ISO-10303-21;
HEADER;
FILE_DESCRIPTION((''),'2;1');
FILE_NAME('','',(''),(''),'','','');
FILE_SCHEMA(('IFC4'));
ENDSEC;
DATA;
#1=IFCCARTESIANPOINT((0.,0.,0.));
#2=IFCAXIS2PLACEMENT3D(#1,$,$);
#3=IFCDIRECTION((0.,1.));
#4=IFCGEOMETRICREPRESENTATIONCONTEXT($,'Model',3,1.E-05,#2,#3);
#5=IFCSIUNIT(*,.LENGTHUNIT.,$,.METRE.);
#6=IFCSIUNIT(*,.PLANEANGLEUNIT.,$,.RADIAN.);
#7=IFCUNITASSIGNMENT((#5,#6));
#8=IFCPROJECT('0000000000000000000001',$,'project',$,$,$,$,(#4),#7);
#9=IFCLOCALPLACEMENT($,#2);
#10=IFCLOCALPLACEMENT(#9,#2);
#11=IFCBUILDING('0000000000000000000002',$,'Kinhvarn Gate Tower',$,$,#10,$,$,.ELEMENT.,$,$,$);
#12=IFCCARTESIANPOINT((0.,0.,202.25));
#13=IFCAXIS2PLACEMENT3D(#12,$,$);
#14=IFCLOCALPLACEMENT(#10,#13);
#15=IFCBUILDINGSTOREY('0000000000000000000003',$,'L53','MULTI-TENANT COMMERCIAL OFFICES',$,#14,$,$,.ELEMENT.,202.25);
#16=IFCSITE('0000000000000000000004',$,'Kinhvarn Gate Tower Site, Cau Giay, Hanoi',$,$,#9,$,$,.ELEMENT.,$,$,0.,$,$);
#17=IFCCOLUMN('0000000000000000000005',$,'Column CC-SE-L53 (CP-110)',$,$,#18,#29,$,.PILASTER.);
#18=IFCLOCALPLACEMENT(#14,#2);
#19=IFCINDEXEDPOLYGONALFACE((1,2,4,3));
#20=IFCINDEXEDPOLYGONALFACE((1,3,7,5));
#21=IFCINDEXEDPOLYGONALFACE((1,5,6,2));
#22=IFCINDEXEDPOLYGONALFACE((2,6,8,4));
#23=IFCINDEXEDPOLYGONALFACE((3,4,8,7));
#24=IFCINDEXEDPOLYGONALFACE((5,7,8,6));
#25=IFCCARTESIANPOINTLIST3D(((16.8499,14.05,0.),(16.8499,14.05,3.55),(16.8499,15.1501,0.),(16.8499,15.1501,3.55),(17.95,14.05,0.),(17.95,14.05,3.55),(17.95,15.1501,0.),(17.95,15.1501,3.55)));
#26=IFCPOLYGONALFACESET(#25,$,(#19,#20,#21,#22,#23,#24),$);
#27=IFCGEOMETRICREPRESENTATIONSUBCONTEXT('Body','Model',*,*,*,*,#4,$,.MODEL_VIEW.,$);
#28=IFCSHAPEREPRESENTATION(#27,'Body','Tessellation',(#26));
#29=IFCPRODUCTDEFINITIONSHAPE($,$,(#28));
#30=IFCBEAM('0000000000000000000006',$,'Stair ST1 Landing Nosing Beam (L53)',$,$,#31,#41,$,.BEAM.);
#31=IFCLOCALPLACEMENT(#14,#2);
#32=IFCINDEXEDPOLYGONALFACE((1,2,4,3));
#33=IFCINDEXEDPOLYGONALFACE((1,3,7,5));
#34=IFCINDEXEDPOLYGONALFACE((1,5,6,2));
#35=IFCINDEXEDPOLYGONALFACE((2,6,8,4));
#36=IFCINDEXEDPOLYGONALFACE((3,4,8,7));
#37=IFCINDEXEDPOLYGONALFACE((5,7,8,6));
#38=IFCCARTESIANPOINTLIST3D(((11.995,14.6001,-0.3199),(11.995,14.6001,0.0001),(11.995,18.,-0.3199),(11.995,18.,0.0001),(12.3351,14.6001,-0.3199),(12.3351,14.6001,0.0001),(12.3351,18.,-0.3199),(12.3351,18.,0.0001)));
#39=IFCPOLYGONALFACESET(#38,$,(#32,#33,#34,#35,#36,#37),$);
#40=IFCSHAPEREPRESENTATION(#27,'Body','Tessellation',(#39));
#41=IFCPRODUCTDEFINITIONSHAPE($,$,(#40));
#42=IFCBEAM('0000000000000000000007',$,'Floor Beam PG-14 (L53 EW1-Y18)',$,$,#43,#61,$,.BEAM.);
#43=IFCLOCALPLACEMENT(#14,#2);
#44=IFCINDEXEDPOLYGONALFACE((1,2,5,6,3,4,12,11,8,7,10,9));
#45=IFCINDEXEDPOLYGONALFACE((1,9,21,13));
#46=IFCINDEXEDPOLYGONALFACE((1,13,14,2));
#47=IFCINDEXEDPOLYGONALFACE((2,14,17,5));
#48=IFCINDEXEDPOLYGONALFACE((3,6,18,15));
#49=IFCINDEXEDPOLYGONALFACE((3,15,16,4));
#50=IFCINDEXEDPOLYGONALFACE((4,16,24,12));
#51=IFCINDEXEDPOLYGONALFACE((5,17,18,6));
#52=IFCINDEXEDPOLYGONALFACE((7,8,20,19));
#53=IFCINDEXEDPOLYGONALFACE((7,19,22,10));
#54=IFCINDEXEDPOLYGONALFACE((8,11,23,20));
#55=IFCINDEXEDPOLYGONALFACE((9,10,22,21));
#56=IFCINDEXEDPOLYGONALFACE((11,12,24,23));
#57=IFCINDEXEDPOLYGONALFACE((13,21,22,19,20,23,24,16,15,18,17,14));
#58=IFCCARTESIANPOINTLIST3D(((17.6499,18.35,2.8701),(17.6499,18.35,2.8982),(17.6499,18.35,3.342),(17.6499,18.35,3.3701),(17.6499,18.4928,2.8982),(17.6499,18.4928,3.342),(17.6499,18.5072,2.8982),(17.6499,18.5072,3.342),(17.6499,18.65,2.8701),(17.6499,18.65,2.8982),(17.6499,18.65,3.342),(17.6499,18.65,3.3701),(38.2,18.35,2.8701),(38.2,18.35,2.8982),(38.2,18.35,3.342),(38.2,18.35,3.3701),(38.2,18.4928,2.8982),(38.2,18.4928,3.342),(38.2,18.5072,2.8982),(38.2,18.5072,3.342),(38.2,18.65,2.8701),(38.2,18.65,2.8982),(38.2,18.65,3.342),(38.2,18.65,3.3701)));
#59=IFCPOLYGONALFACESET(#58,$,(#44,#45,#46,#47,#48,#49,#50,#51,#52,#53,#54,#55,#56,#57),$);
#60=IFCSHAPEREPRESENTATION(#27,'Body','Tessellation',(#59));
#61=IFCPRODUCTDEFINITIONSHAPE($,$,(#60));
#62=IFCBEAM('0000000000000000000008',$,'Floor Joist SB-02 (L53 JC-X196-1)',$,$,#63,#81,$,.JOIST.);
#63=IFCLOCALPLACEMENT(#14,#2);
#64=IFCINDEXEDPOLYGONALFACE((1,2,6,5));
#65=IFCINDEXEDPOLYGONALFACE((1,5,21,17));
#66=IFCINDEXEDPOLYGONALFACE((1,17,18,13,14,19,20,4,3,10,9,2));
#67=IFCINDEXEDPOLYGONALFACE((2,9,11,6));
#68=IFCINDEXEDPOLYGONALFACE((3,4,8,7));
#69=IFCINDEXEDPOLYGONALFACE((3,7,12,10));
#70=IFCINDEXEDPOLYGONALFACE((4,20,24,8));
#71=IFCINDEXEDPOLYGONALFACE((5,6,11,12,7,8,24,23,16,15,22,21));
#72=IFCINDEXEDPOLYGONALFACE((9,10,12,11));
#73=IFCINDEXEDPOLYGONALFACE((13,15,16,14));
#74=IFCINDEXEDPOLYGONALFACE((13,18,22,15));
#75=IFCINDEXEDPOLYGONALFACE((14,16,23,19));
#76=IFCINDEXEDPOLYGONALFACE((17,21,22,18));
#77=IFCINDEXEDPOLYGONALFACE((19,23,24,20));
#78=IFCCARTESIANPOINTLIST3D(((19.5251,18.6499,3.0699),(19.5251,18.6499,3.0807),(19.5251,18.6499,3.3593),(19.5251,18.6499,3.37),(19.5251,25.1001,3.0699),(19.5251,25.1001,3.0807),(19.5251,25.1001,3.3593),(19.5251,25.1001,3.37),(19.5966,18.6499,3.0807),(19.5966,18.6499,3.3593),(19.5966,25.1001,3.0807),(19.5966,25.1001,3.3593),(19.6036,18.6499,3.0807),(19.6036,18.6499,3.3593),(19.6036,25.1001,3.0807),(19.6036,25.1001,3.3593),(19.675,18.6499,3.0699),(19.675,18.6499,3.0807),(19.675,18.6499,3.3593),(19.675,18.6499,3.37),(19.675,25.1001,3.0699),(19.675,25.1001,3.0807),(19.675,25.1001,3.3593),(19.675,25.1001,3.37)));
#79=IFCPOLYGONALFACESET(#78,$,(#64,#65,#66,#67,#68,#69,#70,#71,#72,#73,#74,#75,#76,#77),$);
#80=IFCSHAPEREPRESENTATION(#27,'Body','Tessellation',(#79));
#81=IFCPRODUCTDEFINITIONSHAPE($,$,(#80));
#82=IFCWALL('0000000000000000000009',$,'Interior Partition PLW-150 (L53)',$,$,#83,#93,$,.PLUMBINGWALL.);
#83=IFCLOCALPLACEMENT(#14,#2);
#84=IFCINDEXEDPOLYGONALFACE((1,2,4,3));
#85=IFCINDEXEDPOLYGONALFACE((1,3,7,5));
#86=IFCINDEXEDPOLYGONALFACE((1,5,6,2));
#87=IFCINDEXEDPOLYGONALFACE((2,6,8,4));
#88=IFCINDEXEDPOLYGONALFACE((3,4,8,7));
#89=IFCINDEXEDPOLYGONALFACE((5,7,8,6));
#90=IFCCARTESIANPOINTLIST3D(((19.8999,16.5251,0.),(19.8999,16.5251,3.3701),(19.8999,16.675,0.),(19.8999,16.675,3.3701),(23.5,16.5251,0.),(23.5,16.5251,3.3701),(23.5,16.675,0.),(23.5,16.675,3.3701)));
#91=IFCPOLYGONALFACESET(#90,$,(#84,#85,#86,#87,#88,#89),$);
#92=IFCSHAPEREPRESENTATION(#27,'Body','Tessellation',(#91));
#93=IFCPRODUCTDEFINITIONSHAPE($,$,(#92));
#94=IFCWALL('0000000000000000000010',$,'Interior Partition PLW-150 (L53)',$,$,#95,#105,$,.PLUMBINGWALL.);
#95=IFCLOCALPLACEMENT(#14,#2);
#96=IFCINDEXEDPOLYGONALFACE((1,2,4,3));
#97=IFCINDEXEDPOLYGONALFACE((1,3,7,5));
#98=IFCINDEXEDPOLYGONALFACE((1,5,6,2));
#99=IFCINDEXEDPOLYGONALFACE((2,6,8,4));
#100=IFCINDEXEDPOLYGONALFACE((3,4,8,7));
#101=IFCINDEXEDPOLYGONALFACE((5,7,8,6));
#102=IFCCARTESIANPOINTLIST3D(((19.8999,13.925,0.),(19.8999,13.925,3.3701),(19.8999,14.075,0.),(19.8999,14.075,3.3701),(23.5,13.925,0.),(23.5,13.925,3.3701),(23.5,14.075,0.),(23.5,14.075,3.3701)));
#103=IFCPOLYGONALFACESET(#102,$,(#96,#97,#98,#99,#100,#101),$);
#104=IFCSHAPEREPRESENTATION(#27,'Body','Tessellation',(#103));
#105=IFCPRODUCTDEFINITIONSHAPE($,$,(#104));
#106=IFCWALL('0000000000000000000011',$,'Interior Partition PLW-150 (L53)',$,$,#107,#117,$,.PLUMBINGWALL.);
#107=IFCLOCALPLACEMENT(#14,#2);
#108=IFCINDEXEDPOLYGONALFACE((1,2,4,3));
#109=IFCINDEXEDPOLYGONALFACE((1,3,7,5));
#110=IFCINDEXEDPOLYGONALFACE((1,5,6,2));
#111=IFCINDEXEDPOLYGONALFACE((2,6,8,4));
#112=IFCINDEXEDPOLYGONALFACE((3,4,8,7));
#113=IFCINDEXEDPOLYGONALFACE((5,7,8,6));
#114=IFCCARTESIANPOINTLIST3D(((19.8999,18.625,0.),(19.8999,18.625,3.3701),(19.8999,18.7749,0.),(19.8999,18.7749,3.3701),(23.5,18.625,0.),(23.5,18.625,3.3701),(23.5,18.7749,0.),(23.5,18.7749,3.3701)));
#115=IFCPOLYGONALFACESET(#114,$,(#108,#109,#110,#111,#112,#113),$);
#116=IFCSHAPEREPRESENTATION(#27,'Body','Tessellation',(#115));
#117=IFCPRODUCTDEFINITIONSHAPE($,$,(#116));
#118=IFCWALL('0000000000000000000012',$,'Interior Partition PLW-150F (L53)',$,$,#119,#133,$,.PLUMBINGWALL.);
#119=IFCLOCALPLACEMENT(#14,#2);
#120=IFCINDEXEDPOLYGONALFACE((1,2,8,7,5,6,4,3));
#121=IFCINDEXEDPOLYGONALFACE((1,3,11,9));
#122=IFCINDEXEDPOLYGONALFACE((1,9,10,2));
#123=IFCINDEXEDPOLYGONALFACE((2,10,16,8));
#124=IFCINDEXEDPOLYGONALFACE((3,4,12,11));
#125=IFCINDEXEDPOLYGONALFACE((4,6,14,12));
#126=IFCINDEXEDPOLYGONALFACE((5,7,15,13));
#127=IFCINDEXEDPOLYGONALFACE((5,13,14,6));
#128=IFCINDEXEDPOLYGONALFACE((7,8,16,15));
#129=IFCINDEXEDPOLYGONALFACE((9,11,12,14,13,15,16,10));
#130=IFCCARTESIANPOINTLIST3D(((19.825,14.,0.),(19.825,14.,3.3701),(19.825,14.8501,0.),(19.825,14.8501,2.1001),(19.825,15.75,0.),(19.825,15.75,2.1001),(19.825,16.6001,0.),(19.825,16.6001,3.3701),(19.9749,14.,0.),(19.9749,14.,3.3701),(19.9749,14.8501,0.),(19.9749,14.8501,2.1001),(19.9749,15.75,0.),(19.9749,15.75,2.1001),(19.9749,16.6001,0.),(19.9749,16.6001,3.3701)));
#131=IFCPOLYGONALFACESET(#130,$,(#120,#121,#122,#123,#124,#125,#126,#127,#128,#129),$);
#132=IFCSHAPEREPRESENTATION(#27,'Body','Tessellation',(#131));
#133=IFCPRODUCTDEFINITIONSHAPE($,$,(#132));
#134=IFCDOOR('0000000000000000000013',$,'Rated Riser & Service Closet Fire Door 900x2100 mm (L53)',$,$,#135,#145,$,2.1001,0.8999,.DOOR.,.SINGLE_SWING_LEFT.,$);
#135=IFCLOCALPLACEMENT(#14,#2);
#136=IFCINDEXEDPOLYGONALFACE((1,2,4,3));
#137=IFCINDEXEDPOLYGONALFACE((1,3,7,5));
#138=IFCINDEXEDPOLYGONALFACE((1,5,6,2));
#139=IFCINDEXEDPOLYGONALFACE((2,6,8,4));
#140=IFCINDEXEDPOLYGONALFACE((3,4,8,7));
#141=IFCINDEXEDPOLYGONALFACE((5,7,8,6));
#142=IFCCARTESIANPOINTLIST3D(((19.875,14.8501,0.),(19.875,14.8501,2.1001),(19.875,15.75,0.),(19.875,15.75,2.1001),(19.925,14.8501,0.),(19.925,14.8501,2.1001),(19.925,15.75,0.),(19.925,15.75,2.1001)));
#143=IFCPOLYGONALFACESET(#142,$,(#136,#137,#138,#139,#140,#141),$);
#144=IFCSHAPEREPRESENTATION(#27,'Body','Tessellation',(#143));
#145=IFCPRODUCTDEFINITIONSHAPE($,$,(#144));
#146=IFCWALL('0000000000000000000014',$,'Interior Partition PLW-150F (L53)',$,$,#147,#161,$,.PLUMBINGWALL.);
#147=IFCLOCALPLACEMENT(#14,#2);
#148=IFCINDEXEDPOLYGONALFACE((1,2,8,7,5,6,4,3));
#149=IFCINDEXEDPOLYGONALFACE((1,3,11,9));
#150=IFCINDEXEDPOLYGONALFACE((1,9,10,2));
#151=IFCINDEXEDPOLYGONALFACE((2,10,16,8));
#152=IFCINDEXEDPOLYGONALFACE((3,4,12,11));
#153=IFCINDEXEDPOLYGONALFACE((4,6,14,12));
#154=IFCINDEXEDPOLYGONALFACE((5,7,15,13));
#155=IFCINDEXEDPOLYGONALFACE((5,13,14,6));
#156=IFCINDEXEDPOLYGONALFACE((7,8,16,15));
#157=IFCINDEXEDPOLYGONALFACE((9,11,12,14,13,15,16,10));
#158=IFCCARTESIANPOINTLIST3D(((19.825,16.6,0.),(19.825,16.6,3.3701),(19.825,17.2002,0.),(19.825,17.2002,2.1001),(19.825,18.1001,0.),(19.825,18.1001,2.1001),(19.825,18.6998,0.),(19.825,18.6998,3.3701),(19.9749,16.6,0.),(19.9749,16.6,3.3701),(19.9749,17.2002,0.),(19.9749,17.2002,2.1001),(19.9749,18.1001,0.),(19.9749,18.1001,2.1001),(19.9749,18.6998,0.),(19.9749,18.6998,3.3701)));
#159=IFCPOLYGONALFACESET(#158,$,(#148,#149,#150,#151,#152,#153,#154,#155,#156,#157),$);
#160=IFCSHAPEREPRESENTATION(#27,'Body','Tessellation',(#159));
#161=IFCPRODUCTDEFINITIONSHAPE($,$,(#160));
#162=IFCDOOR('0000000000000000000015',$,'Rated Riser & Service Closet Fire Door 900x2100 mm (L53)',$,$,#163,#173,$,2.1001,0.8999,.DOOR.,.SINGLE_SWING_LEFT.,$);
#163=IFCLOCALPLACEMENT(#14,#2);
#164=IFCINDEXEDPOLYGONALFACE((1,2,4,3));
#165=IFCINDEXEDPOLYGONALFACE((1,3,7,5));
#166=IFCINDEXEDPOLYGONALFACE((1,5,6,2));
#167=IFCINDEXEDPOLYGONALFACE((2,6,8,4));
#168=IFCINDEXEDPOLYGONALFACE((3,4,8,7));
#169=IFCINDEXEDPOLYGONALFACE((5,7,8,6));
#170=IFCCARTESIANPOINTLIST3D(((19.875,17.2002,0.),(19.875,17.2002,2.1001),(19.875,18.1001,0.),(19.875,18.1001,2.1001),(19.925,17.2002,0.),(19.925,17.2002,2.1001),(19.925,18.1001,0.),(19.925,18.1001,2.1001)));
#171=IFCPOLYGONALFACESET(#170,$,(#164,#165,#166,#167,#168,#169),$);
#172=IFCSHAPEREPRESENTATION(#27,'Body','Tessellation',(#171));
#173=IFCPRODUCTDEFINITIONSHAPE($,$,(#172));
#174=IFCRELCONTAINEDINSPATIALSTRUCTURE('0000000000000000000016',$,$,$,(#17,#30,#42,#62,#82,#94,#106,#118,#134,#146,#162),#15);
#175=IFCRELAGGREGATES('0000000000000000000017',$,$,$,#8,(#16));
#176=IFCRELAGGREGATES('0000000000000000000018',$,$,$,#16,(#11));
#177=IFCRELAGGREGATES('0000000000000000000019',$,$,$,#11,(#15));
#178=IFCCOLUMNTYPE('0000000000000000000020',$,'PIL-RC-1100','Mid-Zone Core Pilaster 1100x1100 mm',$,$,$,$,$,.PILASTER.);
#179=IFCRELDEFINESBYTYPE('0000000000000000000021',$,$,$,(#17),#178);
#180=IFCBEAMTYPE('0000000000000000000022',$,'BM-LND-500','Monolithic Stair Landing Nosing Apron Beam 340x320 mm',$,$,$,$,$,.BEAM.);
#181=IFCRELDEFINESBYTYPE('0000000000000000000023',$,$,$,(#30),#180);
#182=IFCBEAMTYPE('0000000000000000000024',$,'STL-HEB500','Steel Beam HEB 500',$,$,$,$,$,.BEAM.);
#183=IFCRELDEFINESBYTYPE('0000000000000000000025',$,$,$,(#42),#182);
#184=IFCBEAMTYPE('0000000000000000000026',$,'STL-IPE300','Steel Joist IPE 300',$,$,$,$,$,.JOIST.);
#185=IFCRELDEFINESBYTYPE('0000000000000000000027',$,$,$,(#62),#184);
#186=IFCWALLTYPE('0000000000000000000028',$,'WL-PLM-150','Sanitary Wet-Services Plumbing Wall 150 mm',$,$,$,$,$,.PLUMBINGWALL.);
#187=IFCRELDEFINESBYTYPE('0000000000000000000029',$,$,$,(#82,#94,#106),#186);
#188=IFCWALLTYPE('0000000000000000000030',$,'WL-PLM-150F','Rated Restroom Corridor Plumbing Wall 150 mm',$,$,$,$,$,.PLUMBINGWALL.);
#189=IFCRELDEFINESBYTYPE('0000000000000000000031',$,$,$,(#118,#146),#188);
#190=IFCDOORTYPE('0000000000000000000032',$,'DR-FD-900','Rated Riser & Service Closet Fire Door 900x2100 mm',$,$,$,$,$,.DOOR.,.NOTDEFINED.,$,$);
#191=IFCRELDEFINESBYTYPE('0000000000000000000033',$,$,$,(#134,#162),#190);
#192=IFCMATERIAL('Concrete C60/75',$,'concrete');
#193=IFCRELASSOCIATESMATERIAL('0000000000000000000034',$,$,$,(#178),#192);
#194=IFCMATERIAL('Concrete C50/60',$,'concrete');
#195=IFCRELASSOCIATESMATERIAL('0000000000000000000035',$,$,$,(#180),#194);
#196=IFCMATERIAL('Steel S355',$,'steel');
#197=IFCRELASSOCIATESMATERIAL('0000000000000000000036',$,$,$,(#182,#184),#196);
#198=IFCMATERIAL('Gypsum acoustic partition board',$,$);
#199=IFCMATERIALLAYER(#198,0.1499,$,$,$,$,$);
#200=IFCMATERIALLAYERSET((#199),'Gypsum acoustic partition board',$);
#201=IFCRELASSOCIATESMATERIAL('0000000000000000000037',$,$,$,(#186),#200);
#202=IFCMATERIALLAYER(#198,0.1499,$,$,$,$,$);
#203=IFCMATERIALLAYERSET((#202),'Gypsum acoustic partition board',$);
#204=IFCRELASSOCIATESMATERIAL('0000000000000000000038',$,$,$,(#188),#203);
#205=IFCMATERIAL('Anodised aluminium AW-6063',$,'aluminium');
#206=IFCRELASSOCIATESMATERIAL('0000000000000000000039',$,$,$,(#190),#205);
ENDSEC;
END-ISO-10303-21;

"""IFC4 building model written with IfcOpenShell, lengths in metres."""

from ifc_helpers import new_model, si_unit, direction, frame, frame_2d, origin, origin_2d, place, context, subcontext, project, spatial, rectangle, i_section, extrude, material, layer, layer_set, material_profile, profile_set, type_object, element, fill, save


model = new_model("IFC4")

# Units and contexts
model_context = context("Model", 3, precision=1e-05, world=origin(), true_north=direction((0.0, 1.0)))
body_context = subcontext(model_context, "Body", "Model", "MODEL_VIEW")
ifc_project = project(units=[si_unit("LENGTHUNIT", "METRE"), si_unit("PLANEANGLEUNIT", "RADIAN")], contexts=[model_context])

# Site, building, storey
site_placement = place(None, origin())
site = spatial("IfcSite", under=ifc_project, at=site_placement, Name="Kinhvarn Gate Tower Site, Cau Giay, Hanoi", CompositionType="ELEMENT", RefElevation=0.0)
building_placement = place(site_placement, origin())
building = spatial("IfcBuilding", under=site, at=building_placement, Name="Kinhvarn Gate Tower", CompositionType="ELEMENT")
storey_placement = place(building_placement, frame((0.0, 0.0, 202.25)))
storey = spatial("IfcBuildingStorey", under=building, at=storey_placement, Name="L53", Description="MULTI-TENANT COMMERCIAL OFFICES", CompositionType="ELEMENT", Elevation=202.25)

# Column
ifc_material_1 = material(Name="Concrete C60/75", Category="concrete")
ifc_material_profile_1 = material_profile(ifc_material_1, rectangle(XDim=1.1001, YDim=1.1001, at=origin_2d()), Name="RC 1100x1100")
ifc_profile_set_1 = profile_set([ifc_material_profile_1], Name="Concrete C60/75")
column_type = type_object("IfcColumnType", Name="PIL-RC-1100", Description="Mid-Zone Core Pilaster 1100x1100 mm", PredefinedType="PILASTER", material=ifc_profile_set_1)
column_placement = place(storey_placement, frame((17.3999, 14.6001, 0.0), z_axis=(0.0, 0.0, 1.0), x_axis=(1.0, 0.0, 0.0)))
element("IfcColumn", 1, at=column_placement, inside=storey, type_object=column_type, Name="Column CC-SE-L53 (CP-110)", PredefinedType="PILASTER", context=body_context, shape_type="SweptSolid", body=[
    extrude(rectangle(XDim=1.1001, YDim=1.1001, at=origin_2d()), origin(), (0.0, 0.0, 1.0), 3.55),
])

# Beams
ifc_material_2 = material(Name="Concrete C50/60", Category="concrete")
ifc_material_profile_2 = material_profile(ifc_material_2, rectangle(XDim=0.3401, YDim=0.3201, at=origin_2d()), Name="RC 340x320")
ifc_profile_set_2 = profile_set([ifc_material_profile_2], Name="Concrete C50/60")
beam_type_1 = type_object("IfcBeamType", Name="BM-LND-500", Description="Monolithic Stair Landing Nosing Apron Beam 340x320 mm", PredefinedType="BEAM", material=ifc_profile_set_2)
beam_1_placement = place(storey_placement, frame((12.165, 14.6001, -0.1599), z_axis=(0.0, 1.0, 0.0), x_axis=(-1.0, 0.0, 0.0)))
element("IfcBeam", 2, at=beam_1_placement, inside=storey, type_object=beam_type_1, Name="Stair ST1 Landing Nosing Beam (L53)", PredefinedType="BEAM", context=body_context, shape_type="SweptSolid", body=[
    extrude(rectangle(XDim=0.3401, YDim=0.3201, at=origin_2d()), origin(), (0.0, 0.0, 1.0), 3.3999),
])
ifc_material_3 = material(Name="Steel S355", Category="steel")
ifc_material_profile_3 = material_profile(ifc_material_3, i_section(OverallWidth=0.3, OverallDepth=0.5, WebThickness=0.0144, FlangeThickness=0.0281, at=origin_2d()), Name="HEB 500")
ifc_profile_set_3 = profile_set([ifc_material_profile_3], Name="Steel S355")
beam_type_2 = type_object("IfcBeamType", Name="STL-HEB500", Description="Steel Beam HEB 500", PredefinedType="BEAM", material=ifc_profile_set_3)
beam_2_placement = place(storey_placement, frame((17.6499, 18.5, 3.1201), z_axis=(1.0, 0.0, 0.0), x_axis=(0.0, 1.0, 0.0)))
element("IfcBeam", 3, at=beam_2_placement, inside=storey, type_object=beam_type_2, Name="Floor Beam PG-14 (L53 EW1-Y18)", PredefinedType="BEAM", context=body_context, shape_type="SweptSolid", body=[
    extrude(i_section(OverallWidth=0.3, OverallDepth=0.5, WebThickness=0.0144, FlangeThickness=0.0281, at=origin_2d()), origin(), (0.0, 0.0, 1.0), 20.55),
])
ifc_material_profile_4 = material_profile(ifc_material_3, i_section(OverallWidth=0.1499, OverallDepth=0.3, WebThickness=0.0071, FlangeThickness=0.0107, at=origin_2d()), Name="IPE 300")
ifc_profile_set_4 = profile_set([ifc_material_profile_4], Name="Steel S355")
beam_type_3 = type_object("IfcBeamType", Name="STL-IPE300", Description="Steel Joist IPE 300", PredefinedType="JOIST", material=ifc_profile_set_4)
beam_3_placement = place(storey_placement, frame((19.6001, 18.6499, 3.22), z_axis=(0.0, 1.0, 0.0), x_axis=(-1.0, 0.0, 0.0)))
element("IfcBeam", 4, at=beam_3_placement, inside=storey, type_object=beam_type_3, Name="Floor Joist SB-02 (L53 JC-X196-1)", PredefinedType="JOIST", context=body_context, shape_type="SweptSolid", body=[
    extrude(i_section(OverallWidth=0.1499, OverallDepth=0.3, WebThickness=0.0071, FlangeThickness=0.0107, at=origin_2d()), origin(), (0.0, 0.0, 1.0), 6.4502),
])

# Shared definitions
ifc_material_4 = material(Name="Anodised aluminium AW-6063", Category="aluminium")

# Walls
ifc_material_5 = material(Name="Gypsum acoustic partition board")
ifc_layer_1 = layer(ifc_material_5, 0.1499)
ifc_layer_set_1 = layer_set([ifc_layer_1], Name="Gypsum acoustic partition board")
wall_type_1 = type_object("IfcWallType", Name="WL-PLM-150", Description="Sanitary Wet-Services Plumbing Wall 150 mm", PredefinedType="PLUMBINGWALL", material=ifc_layer_set_1)
for number, where, z_axis, x_axis, name in (
    (5, (19.8999, 16.6001, 0.0), (0.0, 0.0, 1.0), (1.0, 0.0, 0.0), "Interior Partition PLW-150 (L53)"),
    (6, (19.8999, 14.0, 0.0), (0.0, 0.0, 1.0), (1.0, 0.0, 0.0), "Interior Partition PLW-150 (L53)"),
    (7, (19.8999, 18.7, 0.0), (0.0, 0.0, 1.0), (1.0, 0.0, 0.0), "Interior Partition PLW-150 (L53)"),
):
    element("IfcWall", number, at=place(storey_placement, frame(where, z_axis=z_axis, x_axis=x_axis)), inside=storey, type_object=wall_type_1, Name=name, PredefinedType="PLUMBINGWALL", context=body_context, shape_type="SweptSolid", body=[
        extrude(rectangle(XDim=3.6001, YDim=0.1499, at=frame_2d((1.8, 0.0))), origin(), (0.0, 0.0, 1.0), 3.3701),
    ])

# Walls, openings, doors
ifc_layer_2 = layer(ifc_material_5, 0.1499)
ifc_layer_set_2 = layer_set([ifc_layer_2], Name="Gypsum acoustic partition board")
wall_type_2 = type_object("IfcWallType", Name="WL-PLM-150F", Description="Rated Restroom Corridor Plumbing Wall 150 mm", PredefinedType="PLUMBINGWALL", material=ifc_layer_set_2)
wall_1_placement = place(storey_placement, frame((19.8999, 14.0, 0.0), z_axis=(0.0, 0.0, 1.0), x_axis=(0.0, 1.0, 0.0)))
wall_1 = element("IfcWall", 8, at=wall_1_placement, inside=storey, type_object=wall_type_2, Name="Interior Partition PLW-150F (L53)", PredefinedType="PLUMBINGWALL", context=body_context, shape_type="SweptSolid", body=[
    extrude(rectangle(XDim=2.6001, YDim=0.1499, at=frame_2d((1.3, 0.0))), origin(), (0.0, 0.0, 1.0), 3.3701),
])
opening_1_placement = place(wall_1_placement, frame((0.8501, 0.0, 0.0)))
opening_1 = element("IfcOpeningElement", 9, at=opening_1_placement, cuts=wall_1, PredefinedType="OPENING", context=body_context, shape_type="SweptSolid", body=[
    extrude(rectangle(XDim=0.8999, YDim=2.1001, at=frame_2d((0.45, 1.05))), frame((0.0, 0.085, 0.0), z_axis=(0.0, -1.0, 0.0), x_axis=(1.0, 0.0, 0.0)), (0.0, 0.0, 1.0), 0.1699),
])
door_type_1 = type_object("IfcDoorType", Name="DR-FD-900", Description="Rated Riser & Service Closet Fire Door 900x2100 mm", OperationType="NOTDEFINED", PredefinedType="DOOR", material=ifc_material_4)
door_1_placement = place(opening_1_placement, origin())
door_1 = element("IfcDoor", 10, at=door_1_placement, inside=storey, type_object=door_type_1, Name="Rated Riser & Service Closet Fire Door 900x2100 mm (L53)", OperationType="SINGLE_SWING_LEFT", OverallHeight=2.1001, OverallWidth=0.8999, PredefinedType="DOOR", context=body_context, shape_type="SweptSolid", body=[
    extrude(rectangle(XDim=0.8999, YDim=2.1001, at=frame_2d((0.45, 1.05))), frame((0.0, 0.0249, 0.0), z_axis=(0.0, -1.0, 0.0), x_axis=(1.0, 0.0, 0.0)), (0.0, 0.0, 1.0), 0.05),
])
fill(opening_1, door_1)
wall_2_placement = place(storey_placement, frame((19.8999, 16.6001, 0.0), z_axis=(0.0, 0.0, 1.0), x_axis=(0.0, 1.0, 0.0)))
wall_2 = element("IfcWall", 11, at=wall_2_placement, inside=storey, type_object=wall_type_2, Name="Interior Partition PLW-150F (L53)", PredefinedType="PLUMBINGWALL", context=body_context, shape_type="SweptSolid", body=[
    extrude(rectangle(XDim=2.0999, YDim=0.1499, at=frame_2d((1.0498, 0.0))), origin(), (0.0, 0.0, 1.0), 3.3701),
])
opening_2_placement = place(wall_2_placement, frame((0.6001, 0.0, 0.0)))
opening_2 = element("IfcOpeningElement", 12, at=opening_2_placement, cuts=wall_2, PredefinedType="OPENING", context=body_context, shape_type="SweptSolid", body=[
    extrude(rectangle(XDim=0.8999, YDim=2.1001, at=frame_2d((0.45, 1.05))), frame((0.0, 0.085, 0.0), z_axis=(0.0, -1.0, 0.0), x_axis=(1.0, 0.0, 0.0)), (0.0, 0.0, 1.0), 0.1699),
])
door_2_placement = place(opening_2_placement, origin())
door_2 = element("IfcDoor", 13, at=door_2_placement, inside=storey, type_object=door_type_1, Name="Rated Riser & Service Closet Fire Door 900x2100 mm (L53)", OperationType="SINGLE_SWING_LEFT", OverallHeight=2.1001, OverallWidth=0.8999, PredefinedType="DOOR", context=body_context, shape_type="SweptSolid", body=[
    extrude(rectangle(XDim=0.8999, YDim=2.1001, at=frame_2d((0.45, 1.05))), frame((0.0, 0.0249, 0.0), z_axis=(0.0, -1.0, 0.0), x_axis=(1.0, 0.0, 0.0)), (0.0, 0.0, 1.0), 0.05),
])
fill(opening_2, door_2)

save(model, "model.ifc")
